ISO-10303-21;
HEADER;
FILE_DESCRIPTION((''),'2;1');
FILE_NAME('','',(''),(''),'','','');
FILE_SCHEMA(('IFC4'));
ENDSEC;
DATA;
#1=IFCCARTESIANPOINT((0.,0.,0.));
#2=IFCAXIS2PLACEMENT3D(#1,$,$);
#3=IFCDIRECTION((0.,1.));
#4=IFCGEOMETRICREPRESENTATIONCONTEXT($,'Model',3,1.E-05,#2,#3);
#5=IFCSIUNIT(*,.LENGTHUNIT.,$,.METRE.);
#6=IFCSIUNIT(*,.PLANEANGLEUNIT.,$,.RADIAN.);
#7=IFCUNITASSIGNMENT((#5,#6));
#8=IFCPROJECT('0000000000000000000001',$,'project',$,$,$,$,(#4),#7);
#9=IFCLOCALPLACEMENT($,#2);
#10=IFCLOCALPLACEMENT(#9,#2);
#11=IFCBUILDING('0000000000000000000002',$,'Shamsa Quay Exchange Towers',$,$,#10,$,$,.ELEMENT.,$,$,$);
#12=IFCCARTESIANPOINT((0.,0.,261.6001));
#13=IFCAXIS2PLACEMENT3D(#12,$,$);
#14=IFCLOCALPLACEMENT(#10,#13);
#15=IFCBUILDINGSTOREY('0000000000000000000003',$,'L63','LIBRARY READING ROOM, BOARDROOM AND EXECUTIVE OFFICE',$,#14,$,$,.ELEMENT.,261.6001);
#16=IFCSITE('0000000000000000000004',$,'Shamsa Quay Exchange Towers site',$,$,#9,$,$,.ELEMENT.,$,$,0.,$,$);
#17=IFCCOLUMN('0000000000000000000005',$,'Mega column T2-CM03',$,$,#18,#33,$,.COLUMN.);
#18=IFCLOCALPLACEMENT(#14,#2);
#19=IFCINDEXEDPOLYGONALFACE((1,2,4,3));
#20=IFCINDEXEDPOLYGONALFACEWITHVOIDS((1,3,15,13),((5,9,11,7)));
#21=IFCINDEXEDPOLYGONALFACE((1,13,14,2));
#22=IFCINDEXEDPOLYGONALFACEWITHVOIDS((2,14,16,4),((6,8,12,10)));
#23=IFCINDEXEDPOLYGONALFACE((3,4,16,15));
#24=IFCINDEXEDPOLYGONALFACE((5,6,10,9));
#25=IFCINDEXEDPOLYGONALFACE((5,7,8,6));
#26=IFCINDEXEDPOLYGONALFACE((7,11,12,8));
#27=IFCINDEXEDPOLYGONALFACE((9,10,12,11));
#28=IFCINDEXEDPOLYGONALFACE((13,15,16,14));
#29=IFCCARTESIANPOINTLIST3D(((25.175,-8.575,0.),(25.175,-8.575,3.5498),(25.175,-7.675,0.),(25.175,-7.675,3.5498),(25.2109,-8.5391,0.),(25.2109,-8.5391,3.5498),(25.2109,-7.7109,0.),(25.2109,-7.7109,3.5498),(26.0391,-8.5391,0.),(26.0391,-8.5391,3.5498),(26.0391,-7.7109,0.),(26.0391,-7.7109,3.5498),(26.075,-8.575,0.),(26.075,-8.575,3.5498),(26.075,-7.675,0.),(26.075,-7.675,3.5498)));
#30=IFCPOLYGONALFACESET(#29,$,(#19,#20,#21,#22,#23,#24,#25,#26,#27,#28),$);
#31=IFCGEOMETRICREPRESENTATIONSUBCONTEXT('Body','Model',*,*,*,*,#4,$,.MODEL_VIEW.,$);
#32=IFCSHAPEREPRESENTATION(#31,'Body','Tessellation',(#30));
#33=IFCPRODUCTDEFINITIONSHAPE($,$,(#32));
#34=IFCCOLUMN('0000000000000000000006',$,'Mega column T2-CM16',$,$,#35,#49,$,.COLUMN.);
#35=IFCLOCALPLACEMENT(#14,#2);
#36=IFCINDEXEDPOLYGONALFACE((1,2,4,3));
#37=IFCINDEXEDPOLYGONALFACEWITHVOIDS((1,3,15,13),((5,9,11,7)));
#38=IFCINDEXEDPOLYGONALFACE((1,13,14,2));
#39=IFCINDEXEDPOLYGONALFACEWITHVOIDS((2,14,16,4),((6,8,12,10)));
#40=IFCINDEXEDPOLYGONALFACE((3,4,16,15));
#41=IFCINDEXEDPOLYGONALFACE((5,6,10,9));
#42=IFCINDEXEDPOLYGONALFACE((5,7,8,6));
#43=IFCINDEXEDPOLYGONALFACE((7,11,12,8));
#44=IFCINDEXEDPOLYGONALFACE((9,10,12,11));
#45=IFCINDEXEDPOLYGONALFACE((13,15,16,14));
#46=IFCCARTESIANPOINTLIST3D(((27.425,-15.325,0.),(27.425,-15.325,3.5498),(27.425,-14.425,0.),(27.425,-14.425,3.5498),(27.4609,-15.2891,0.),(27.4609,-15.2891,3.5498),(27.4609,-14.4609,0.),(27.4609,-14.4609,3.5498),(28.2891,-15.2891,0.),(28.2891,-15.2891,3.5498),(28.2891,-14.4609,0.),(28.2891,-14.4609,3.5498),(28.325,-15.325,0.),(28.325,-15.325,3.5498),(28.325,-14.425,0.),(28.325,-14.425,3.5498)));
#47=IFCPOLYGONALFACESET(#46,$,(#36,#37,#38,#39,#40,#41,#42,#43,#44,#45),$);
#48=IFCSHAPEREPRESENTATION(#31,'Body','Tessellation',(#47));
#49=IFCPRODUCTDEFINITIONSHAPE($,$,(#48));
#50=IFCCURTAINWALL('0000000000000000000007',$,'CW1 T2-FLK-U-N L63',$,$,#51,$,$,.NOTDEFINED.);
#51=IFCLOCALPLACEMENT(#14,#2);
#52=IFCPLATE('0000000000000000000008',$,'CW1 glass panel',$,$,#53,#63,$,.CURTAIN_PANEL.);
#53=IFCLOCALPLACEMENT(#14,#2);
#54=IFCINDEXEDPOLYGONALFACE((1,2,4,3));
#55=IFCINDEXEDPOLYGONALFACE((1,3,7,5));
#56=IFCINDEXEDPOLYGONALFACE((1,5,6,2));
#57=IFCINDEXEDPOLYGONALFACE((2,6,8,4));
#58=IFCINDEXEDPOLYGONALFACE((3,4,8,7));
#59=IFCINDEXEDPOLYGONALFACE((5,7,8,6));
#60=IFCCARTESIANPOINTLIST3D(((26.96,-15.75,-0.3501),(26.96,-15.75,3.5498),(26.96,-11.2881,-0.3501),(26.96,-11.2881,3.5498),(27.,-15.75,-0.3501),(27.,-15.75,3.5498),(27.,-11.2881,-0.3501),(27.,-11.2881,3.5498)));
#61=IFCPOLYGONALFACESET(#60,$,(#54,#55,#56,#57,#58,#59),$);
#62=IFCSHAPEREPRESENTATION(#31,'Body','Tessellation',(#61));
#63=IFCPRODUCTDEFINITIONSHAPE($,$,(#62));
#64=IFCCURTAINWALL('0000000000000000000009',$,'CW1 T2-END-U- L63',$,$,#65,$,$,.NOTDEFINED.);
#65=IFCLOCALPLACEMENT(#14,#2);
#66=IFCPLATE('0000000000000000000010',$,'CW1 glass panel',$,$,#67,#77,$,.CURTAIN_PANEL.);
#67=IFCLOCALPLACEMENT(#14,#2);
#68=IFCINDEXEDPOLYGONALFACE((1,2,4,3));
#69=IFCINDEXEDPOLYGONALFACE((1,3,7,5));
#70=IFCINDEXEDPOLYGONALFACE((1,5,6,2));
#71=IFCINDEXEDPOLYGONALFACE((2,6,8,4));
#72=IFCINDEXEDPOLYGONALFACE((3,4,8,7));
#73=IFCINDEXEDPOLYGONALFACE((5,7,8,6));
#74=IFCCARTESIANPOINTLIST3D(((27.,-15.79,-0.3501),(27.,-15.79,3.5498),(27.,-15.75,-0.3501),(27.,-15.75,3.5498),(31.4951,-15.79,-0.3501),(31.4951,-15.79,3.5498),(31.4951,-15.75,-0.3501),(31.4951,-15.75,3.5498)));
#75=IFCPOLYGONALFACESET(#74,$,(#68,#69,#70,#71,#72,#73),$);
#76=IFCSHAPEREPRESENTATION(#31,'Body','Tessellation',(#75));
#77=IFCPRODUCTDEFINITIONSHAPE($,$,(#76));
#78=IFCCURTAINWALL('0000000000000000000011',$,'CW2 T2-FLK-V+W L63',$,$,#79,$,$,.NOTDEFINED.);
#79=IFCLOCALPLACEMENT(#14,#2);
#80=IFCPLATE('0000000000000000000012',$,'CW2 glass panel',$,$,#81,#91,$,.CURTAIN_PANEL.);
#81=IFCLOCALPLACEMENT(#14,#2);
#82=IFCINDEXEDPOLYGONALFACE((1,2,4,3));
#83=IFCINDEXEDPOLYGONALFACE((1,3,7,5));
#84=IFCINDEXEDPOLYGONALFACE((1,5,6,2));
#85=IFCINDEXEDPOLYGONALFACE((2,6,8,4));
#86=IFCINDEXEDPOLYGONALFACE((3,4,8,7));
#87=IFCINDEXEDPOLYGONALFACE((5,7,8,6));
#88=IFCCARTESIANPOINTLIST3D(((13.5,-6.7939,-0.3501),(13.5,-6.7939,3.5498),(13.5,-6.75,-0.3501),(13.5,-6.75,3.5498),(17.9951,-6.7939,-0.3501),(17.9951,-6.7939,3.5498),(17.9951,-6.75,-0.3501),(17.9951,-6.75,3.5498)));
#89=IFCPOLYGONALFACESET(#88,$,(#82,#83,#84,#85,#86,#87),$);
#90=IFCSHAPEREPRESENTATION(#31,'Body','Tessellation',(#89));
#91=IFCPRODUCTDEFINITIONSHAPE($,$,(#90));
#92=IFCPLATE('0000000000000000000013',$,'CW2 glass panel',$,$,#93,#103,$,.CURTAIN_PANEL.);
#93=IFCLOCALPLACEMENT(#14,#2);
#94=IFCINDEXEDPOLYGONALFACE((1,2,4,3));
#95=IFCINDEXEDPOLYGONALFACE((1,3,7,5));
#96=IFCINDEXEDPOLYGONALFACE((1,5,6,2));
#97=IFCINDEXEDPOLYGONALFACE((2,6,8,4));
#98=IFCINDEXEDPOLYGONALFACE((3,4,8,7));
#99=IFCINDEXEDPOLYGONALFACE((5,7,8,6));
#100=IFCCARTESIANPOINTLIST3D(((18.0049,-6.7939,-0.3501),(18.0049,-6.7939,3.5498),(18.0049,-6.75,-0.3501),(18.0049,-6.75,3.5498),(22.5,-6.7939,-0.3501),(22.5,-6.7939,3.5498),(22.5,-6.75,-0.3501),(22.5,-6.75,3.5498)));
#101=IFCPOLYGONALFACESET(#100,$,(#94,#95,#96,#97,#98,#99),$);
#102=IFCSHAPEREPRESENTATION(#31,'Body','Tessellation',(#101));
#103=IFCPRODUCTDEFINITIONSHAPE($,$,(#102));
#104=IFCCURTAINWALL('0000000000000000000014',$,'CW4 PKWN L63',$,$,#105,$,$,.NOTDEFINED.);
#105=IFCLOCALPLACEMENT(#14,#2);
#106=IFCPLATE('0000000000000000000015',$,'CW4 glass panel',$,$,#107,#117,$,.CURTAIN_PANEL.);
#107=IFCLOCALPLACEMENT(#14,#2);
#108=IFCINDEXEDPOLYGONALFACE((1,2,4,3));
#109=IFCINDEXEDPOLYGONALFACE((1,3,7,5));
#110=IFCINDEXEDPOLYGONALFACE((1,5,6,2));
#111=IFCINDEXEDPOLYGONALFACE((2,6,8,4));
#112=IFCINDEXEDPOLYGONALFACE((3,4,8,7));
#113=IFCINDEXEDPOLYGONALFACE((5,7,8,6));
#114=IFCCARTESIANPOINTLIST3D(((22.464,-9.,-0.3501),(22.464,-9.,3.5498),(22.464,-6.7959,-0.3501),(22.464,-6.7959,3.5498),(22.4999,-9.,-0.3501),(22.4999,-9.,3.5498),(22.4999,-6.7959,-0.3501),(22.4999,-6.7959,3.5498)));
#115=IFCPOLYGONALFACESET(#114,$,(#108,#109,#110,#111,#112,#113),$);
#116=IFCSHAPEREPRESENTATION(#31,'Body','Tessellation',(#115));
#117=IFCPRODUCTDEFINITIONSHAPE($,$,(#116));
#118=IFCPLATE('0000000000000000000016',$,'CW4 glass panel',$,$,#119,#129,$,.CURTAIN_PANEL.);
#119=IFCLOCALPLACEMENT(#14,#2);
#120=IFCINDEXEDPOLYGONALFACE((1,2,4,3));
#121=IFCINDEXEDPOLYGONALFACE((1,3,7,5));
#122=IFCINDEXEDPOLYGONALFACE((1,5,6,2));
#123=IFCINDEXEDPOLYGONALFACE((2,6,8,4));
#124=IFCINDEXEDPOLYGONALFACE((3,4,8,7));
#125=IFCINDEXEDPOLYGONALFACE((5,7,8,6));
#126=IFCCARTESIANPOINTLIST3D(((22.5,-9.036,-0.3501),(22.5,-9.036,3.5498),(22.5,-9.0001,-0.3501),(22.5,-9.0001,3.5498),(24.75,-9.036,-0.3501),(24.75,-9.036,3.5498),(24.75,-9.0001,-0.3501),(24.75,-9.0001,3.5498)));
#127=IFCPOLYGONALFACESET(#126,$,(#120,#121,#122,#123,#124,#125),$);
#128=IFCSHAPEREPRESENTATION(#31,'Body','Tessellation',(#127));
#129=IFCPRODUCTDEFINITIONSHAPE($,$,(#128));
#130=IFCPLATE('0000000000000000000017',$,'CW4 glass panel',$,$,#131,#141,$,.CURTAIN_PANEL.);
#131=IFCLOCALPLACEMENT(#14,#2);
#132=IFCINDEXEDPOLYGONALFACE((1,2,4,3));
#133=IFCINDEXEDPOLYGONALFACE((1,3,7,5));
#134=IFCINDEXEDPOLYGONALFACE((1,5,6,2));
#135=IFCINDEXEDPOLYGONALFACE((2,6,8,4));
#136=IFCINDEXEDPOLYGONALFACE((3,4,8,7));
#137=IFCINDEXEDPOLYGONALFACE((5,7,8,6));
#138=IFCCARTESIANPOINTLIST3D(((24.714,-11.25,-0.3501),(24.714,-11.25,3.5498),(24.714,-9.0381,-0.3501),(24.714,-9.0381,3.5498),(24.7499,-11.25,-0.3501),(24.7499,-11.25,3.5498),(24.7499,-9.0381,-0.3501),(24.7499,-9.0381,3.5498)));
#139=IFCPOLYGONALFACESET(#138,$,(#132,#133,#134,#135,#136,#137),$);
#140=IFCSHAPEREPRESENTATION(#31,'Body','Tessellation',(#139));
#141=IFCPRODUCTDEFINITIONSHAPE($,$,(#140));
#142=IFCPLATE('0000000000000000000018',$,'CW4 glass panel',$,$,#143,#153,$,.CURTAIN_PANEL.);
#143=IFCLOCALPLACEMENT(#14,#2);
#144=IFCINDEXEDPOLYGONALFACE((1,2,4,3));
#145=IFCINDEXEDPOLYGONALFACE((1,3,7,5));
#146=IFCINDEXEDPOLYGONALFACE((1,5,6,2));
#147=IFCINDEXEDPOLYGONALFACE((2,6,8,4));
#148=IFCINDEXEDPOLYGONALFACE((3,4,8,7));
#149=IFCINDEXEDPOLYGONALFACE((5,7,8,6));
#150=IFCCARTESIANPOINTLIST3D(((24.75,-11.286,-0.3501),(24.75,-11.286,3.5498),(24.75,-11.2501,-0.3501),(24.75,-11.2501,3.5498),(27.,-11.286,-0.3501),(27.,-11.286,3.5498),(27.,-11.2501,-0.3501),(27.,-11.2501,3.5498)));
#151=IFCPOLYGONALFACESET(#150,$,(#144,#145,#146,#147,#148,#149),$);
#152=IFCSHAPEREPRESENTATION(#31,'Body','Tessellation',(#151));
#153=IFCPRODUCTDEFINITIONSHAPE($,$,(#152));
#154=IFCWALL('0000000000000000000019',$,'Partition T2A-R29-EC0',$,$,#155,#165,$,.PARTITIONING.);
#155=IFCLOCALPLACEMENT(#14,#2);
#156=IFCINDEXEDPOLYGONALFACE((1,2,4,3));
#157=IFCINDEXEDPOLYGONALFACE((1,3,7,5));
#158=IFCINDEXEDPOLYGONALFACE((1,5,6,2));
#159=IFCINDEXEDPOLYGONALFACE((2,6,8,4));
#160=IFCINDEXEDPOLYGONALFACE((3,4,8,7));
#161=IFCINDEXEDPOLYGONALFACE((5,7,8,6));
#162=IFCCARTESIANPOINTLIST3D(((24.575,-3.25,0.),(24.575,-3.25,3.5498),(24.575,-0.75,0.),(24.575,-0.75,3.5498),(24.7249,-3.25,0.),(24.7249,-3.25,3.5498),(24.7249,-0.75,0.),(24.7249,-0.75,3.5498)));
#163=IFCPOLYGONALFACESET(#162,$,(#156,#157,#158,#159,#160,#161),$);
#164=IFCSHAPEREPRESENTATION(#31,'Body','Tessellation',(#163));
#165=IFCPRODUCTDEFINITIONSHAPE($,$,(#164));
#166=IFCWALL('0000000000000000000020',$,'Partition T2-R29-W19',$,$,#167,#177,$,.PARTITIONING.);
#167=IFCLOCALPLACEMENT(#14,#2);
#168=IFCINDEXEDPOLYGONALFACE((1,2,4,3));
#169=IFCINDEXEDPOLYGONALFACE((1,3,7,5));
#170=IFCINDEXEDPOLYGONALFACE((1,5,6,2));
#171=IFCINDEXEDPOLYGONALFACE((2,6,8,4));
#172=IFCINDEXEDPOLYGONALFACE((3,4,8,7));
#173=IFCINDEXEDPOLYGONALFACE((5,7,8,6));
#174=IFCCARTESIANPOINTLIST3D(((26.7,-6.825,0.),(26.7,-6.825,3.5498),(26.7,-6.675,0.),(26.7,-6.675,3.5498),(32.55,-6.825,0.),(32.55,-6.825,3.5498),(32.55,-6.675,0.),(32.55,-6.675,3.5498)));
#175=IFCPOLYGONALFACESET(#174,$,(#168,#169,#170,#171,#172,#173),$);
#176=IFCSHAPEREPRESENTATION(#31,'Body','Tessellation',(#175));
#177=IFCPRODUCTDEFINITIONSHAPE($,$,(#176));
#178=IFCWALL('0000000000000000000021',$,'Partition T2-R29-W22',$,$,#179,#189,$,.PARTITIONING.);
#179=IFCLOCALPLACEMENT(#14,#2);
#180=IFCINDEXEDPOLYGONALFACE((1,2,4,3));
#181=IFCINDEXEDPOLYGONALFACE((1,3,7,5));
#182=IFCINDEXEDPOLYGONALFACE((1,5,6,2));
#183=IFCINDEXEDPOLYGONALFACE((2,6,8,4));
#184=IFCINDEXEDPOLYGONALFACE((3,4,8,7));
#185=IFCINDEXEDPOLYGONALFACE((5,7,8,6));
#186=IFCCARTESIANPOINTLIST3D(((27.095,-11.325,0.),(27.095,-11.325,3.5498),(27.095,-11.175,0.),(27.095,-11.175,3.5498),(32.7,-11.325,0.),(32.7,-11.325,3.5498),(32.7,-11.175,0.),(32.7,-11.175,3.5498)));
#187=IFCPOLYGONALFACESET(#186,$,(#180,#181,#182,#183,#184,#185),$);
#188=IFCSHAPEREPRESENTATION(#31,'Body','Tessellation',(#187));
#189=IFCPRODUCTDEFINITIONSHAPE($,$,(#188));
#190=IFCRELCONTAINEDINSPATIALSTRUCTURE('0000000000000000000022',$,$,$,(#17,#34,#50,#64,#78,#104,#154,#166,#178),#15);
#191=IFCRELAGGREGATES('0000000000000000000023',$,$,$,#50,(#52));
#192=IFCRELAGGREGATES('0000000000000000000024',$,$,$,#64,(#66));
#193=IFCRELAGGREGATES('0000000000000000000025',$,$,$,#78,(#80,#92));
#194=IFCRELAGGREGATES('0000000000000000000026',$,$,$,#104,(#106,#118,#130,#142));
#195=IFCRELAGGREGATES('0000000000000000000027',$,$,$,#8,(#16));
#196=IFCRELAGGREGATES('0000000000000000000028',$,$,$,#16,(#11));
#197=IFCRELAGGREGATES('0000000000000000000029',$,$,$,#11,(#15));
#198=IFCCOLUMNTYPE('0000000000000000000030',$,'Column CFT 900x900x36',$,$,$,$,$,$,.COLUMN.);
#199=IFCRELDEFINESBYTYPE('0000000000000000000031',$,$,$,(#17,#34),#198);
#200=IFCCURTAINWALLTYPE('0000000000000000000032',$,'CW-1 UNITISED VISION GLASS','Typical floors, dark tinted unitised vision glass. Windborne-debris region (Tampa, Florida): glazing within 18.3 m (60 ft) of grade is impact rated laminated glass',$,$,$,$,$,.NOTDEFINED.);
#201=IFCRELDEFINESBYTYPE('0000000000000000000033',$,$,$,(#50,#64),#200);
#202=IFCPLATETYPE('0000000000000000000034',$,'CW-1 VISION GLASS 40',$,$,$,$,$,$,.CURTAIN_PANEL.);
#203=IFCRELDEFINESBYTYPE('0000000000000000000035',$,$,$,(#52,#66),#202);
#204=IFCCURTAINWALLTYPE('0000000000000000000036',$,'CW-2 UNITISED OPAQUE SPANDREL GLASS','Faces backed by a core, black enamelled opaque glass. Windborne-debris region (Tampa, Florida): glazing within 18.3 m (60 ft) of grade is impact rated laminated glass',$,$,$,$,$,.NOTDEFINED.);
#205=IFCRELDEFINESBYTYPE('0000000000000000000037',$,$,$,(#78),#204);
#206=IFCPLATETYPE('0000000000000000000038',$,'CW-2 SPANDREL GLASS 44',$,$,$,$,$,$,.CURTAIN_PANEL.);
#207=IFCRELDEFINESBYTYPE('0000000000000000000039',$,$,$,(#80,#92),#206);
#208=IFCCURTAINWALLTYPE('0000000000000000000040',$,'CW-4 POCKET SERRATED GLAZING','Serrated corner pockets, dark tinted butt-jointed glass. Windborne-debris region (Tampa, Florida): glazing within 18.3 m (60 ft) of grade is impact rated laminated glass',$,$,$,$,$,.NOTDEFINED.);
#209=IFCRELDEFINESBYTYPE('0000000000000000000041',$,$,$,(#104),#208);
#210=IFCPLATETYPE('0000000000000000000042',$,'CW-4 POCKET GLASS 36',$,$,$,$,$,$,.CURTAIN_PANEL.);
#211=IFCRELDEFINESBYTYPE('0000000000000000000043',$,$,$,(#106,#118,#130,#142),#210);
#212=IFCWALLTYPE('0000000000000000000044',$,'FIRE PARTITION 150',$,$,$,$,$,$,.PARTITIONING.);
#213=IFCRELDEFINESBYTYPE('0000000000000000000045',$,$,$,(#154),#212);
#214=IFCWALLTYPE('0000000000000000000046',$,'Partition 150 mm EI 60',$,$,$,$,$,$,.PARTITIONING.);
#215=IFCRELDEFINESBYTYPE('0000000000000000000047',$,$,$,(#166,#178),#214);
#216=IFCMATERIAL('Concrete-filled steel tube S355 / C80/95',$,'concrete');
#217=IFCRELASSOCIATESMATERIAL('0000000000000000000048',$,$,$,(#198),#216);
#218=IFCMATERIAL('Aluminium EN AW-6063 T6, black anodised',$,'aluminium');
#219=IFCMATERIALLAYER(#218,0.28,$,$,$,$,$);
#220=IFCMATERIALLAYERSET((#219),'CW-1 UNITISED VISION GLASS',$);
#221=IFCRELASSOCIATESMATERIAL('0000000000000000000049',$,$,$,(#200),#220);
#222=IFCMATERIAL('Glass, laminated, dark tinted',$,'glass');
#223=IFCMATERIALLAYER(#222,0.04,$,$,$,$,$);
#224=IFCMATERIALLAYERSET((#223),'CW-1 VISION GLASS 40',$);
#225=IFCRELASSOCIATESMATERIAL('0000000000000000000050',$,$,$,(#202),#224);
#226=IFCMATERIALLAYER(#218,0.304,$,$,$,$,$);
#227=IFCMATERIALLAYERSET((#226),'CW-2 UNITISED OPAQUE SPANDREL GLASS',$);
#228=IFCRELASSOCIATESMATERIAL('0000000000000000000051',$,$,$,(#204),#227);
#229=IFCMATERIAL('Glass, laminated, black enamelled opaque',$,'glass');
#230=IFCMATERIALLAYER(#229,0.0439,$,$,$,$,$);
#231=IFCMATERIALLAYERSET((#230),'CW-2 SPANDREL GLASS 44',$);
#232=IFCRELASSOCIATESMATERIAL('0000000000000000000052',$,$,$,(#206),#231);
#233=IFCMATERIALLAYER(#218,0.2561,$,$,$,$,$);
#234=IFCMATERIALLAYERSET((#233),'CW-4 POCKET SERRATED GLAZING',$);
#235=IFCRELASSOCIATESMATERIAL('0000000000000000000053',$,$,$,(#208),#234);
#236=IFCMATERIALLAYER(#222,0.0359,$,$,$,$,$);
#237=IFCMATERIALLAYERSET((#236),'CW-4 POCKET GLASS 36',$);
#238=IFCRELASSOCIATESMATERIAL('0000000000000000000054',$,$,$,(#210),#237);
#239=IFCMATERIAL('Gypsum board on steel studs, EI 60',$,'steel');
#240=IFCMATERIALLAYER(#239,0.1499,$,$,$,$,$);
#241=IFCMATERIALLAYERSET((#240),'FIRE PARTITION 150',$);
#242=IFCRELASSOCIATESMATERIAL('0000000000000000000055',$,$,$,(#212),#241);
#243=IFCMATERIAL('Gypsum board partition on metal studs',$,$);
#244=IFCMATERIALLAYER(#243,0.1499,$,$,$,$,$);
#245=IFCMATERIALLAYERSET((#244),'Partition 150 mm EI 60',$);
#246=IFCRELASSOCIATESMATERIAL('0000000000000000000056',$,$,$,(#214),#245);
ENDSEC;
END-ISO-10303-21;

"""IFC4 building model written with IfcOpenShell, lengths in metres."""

from ifc_helpers import new_model, si_unit, direction, frame, frame_2d, origin, origin_2d, place, context, subcontext, project, spatial, rectangle, hollow_rectangle, extrude, material, layer, layer_set, material_profile, profile_set, type_object, element, aggregate, save


model = new_model("IFC4")

# Units and contexts
model_context = context("Model", 3, precision=1e-05, world=origin(), true_north=direction((0.0, 1.0)))
body_context = subcontext(model_context, "Body", "Model", "MODEL_VIEW")
ifc_project = project(units=[si_unit("LENGTHUNIT", "METRE"), si_unit("PLANEANGLEUNIT", "RADIAN")], contexts=[model_context])

# Site, building, storey
site_placement = place(None, origin())
site = spatial("IfcSite", under=ifc_project, at=site_placement, Name="Shamsa Quay Exchange Towers site", CompositionType="ELEMENT", RefElevation=0.0)
building_placement = place(site_placement, origin())
building = spatial("IfcBuilding", under=site, at=building_placement, Name="Shamsa Quay Exchange Towers", CompositionType="ELEMENT")
storey_placement = place(building_placement, frame((0.0, 0.0, 261.6001)))
storey = spatial("IfcBuildingStorey", under=building, at=storey_placement, Name="L63", Description="LIBRARY READING ROOM, BOARDROOM AND EXECUTIVE OFFICE", CompositionType="ELEMENT", Elevation=261.6001)

# Columns
ifc_material_1 = material(Name="Concrete-filled steel tube S355 / C80/95", Category="concrete")
ifc_material_profile = material_profile(ifc_material_1, hollow_rectangle(XDim=0.8999, YDim=0.8999, WallThickness=0.0359, at=origin_2d()), Name="CFT 900x900x36")
ifc_profile_set = profile_set([ifc_material_profile], Name="Concrete-filled steel tube S355 / C80/95")
column_type = type_object("IfcColumnType", Name="Column CFT 900x900x36", PredefinedType="COLUMN", material=ifc_profile_set)
for number, where, name in (
    (1, (25.625, -8.125, 0.0), "Mega column T2-CM03"),
    (2, (27.875, -14.875, 0.0), "Mega column T2-CM16"),
):
    element("IfcColumn", number, at=place(storey_placement, frame(where)), inside=storey, type_object=column_type, Name=name, PredefinedType="COLUMN", context=body_context, shape_type="SweptSolid", body=[
        extrude(hollow_rectangle(XDim=0.8999, YDim=0.8999, WallThickness=0.0359, at=origin_2d()), origin(), (0.0, 0.0, 1.0), 3.5498),
    ])

# Curtain walls, plates
ifc_material_2 = material(Name="Aluminium EN AW-6063 T6, black anodised", Category="aluminium")
ifc_layer_1 = layer(ifc_material_2, 0.28)
ifc_layer_set_1 = layer_set([ifc_layer_1], Name="CW-1 UNITISED VISION GLASS")
curtain_wall_type_1 = type_object("IfcCurtainWallType", Name="CW-1 UNITISED VISION GLASS", Description="Typical floors, dark tinted unitised vision glass. Windborne-debris region (Tampa, Florida): glazing within 18.3 m (60 ft) of grade is impact rated laminated glass", PredefinedType="NOTDEFINED", material=ifc_layer_set_1)
curtain_wall_1_placement = place(storey_placement, origin())
curtain_wall_1 = element("IfcCurtainWall", 3, at=curtain_wall_1_placement, inside=storey, type_object=curtain_wall_type_1, Name="CW1 T2-FLK-U-N L63", PredefinedType="NOTDEFINED")
ifc_material_3 = material(Name="Glass, laminated, dark tinted", Category="glass")
ifc_layer_2 = layer(ifc_material_3, 0.04)
ifc_layer_set_2 = layer_set([ifc_layer_2], Name="CW-1 VISION GLASS 40")
plate_type_1 = type_object("IfcPlateType", Name="CW-1 VISION GLASS 40", PredefinedType="CURTAIN_PANEL", material=ifc_layer_set_2)
plate_1_placement = place(storey_placement, frame((26.98, -13.519, -0.3501), z_axis=(0.0, 0.0, 1.0), x_axis=(0.0, -1.0, 0.0)))
plate_1 = element("IfcPlate", 4, at=plate_1_placement, type_object=plate_type_1, Name="CW1 glass panel", PredefinedType="CURTAIN_PANEL", context=body_context, shape_type="SweptSolid", body=[
    extrude(rectangle(XDim=4.4619, YDim=0.04, at=origin_2d()), origin(), (0.0, 0.0, 1.0), 3.8999),
])
aggregate(curtain_wall_1, [plate_1])
curtain_wall_2_placement = place(storey_placement, origin())
curtain_wall_2 = element("IfcCurtainWall", 5, at=curtain_wall_2_placement, inside=storey, type_object=curtain_wall_type_1, Name="CW1 T2-END-U- L63", PredefinedType="NOTDEFINED")
plate_2_placement = place(storey_placement, frame((29.2476, -15.77, -0.3501)))
plate_2 = element("IfcPlate", 6, at=plate_2_placement, type_object=plate_type_1, Name="CW1 glass panel", PredefinedType="CURTAIN_PANEL", context=body_context, shape_type="SweptSolid", body=[
    extrude(rectangle(XDim=4.4951, YDim=0.04, at=origin_2d()), origin(), (0.0, 0.0, 1.0), 3.8999),
])
aggregate(curtain_wall_2, [plate_2])

# Curtain walls, plates
ifc_layer_3 = layer(ifc_material_2, 0.304)
ifc_layer_set_3 = layer_set([ifc_layer_3], Name="CW-2 UNITISED OPAQUE SPANDREL GLASS")
curtain_wall_type_2 = type_object("IfcCurtainWallType", Name="CW-2 UNITISED OPAQUE SPANDREL GLASS", Description="Faces backed by a core, black enamelled opaque glass. Windborne-debris region (Tampa, Florida): glazing within 18.3 m (60 ft) of grade is impact rated laminated glass", PredefinedType="NOTDEFINED", material=ifc_layer_set_3)
curtain_wall_3_placement = place(storey_placement, origin())
curtain_wall_3 = element("IfcCurtainWall", 7, at=curtain_wall_3_placement, inside=storey, type_object=curtain_wall_type_2, Name="CW2 T2-FLK-V+W L63", PredefinedType="NOTDEFINED")
ifc_material_4 = material(Name="Glass, laminated, black enamelled opaque", Category="glass")
ifc_layer_4 = layer(ifc_material_4, 0.0439)
ifc_layer_set_4 = layer_set([ifc_layer_4], Name="CW-2 SPANDREL GLASS 44")
plate_type_2 = type_object("IfcPlateType", Name="CW-2 SPANDREL GLASS 44", PredefinedType="CURTAIN_PANEL", material=ifc_layer_set_4)
plate_3_placement = place(storey_placement, frame((15.7476, -6.772, -0.3501)))
plate_3 = element("IfcPlate", 8, at=plate_3_placement, type_object=plate_type_2, Name="CW2 glass panel", PredefinedType="CURTAIN_PANEL", context=body_context, shape_type="SweptSolid", body=[
    extrude(rectangle(XDim=4.4951, YDim=0.0439, at=origin_2d()), origin(), (0.0, 0.0, 1.0), 3.8999),
])
plate_4_placement = place(storey_placement, frame((20.2524, -6.772, -0.3501)))
plate_4 = element("IfcPlate", 9, at=plate_4_placement, type_object=plate_type_2, Name="CW2 glass panel", PredefinedType="CURTAIN_PANEL", context=body_context, shape_type="SweptSolid", body=[
    extrude(rectangle(XDim=4.4951, YDim=0.0439, at=origin_2d()), origin(), (0.0, 0.0, 1.0), 3.8999),
])
aggregate(curtain_wall_3, [plate_3, plate_4])
ifc_layer_5 = layer(ifc_material_2, 0.2561)
ifc_layer_set_5 = layer_set([ifc_layer_5], Name="CW-4 POCKET SERRATED GLAZING")
curtain_wall_type_3 = type_object("IfcCurtainWallType", Name="CW-4 POCKET SERRATED GLAZING", Description="Serrated corner pockets, dark tinted butt-jointed glass. Windborne-debris region (Tampa, Florida): glazing within 18.3 m (60 ft) of grade is impact rated laminated glass", PredefinedType="NOTDEFINED", material=ifc_layer_set_5)
curtain_wall_4_placement = place(storey_placement, origin())
curtain_wall_4 = element("IfcCurtainWall", 10, at=curtain_wall_4_placement, inside=storey, type_object=curtain_wall_type_3, Name="CW4 PKWN L63", PredefinedType="NOTDEFINED")
ifc_layer_6 = layer(ifc_material_3, 0.0359)
ifc_layer_set_6 = layer_set([ifc_layer_6], Name="CW-4 POCKET GLASS 36")
plate_type_3 = type_object("IfcPlateType", Name="CW-4 POCKET GLASS 36", PredefinedType="CURTAIN_PANEL", material=ifc_layer_set_6)
plate_5_placement = place(storey_placement, frame((22.4819, -7.8979, -0.3501), z_axis=(0.0, 0.0, 1.0), x_axis=(0.0, -1.0, 0.0)))
plate_5 = element("IfcPlate", 11, at=plate_5_placement, type_object=plate_type_3, Name="CW4 glass panel", PredefinedType="CURTAIN_PANEL", context=body_context, shape_type="SweptSolid", body=[
    extrude(rectangle(XDim=2.2041, YDim=0.0359, at=origin_2d()), origin(), (0.0, 0.0, 1.0), 3.8999),
])
plate_6_placement = place(storey_placement, frame((23.625, -9.0181, -0.3501)))
plate_6 = element("IfcPlate", 12, at=plate_6_placement, type_object=plate_type_3, Name="CW4 glass panel", PredefinedType="CURTAIN_PANEL", context=body_context, shape_type="SweptSolid", body=[
    extrude(rectangle(XDim=2.25, YDim=0.0359, at=origin_2d()), origin(), (0.0, 0.0, 1.0), 3.8999),
])
plate_7_placement = place(storey_placement, frame((24.7319, -10.144, -0.3501), z_axis=(0.0, 0.0, 1.0), x_axis=(0.0, -1.0, 0.0)))
plate_7 = element("IfcPlate", 13, at=plate_7_placement, type_object=plate_type_3, Name="CW4 glass panel", PredefinedType="CURTAIN_PANEL", context=body_context, shape_type="SweptSolid", body=[
    extrude(rectangle(XDim=2.2119, YDim=0.0359, at=origin_2d()), origin(), (0.0, 0.0, 1.0), 3.8999),
])
plate_8_placement = place(storey_placement, frame((25.875, -11.2681, -0.3501)))
plate_8 = element("IfcPlate", 14, at=plate_8_placement, type_object=plate_type_3, Name="CW4 glass panel", PredefinedType="CURTAIN_PANEL", context=body_context, shape_type="SweptSolid", body=[
    extrude(rectangle(XDim=2.25, YDim=0.0359, at=origin_2d()), origin(), (0.0, 0.0, 1.0), 3.8999),
])
aggregate(curtain_wall_4, [plate_5, plate_6, plate_7, plate_8])

# Walls
ifc_material_5 = material(Name="Gypsum board on steel studs, EI 60", Category="steel")
ifc_layer_7 = layer(ifc_material_5, 0.1499)
ifc_layer_set_7 = layer_set([ifc_layer_7], Name="FIRE PARTITION 150")
wall_type_1 = type_object("IfcWallType", Name="FIRE PARTITION 150", PredefinedType="PARTITIONING", material=ifc_layer_set_7)
wall_1_placement = place(storey_placement, frame((24.6499, -3.25, 0.0), z_axis=(0.0, 0.0, 1.0), x_axis=(0.0, 1.0, 0.0)))
element("IfcWall", 15, at=wall_1_placement, inside=storey, type_object=wall_type_1, Name="Partition T2A-R29-EC0", PredefinedType="PARTITIONING", context=body_context, shape_type="SweptSolid", body=[
    extrude(rectangle(XDim=2.5, YDim=0.1499, at=frame_2d((1.25, 0.0))), origin(), (0.0, 0.0, 1.0), 3.5498),
])
ifc_material_6 = material(Name="Gypsum board partition on metal studs")
ifc_layer_8 = layer(ifc_material_6, 0.1499)
ifc_layer_set_8 = layer_set([ifc_layer_8], Name="Partition 150 mm EI 60")
wall_type_2 = type_object("IfcWallType", Name="Partition 150 mm EI 60", PredefinedType="PARTITIONING", material=ifc_layer_set_8)
wall_2_placement = place(storey_placement, frame((26.7, -6.75, 0.0)))
element("IfcWall", 16, at=wall_2_placement, inside=storey, type_object=wall_type_2, Name="Partition T2-R29-W19", PredefinedType="PARTITIONING", context=body_context, shape_type="SweptSolid", body=[
    extrude(rectangle(XDim=5.8501, YDim=0.1499, at=frame_2d((2.925, 0.0))), origin(), (0.0, 0.0, 1.0), 3.5498),
])
wall_3_placement = place(storey_placement, frame((27.095, -11.25, 0.0)))
element("IfcWall", 17, at=wall_3_placement, inside=storey, type_object=wall_type_2, Name="Partition T2-R29-W22", PredefinedType="PARTITIONING", context=body_context, shape_type="SweptSolid", body=[
    extrude(rectangle(XDim=5.605, YDim=0.1499, at=frame_2d((2.8025, 0.0))), origin(), (0.0, 0.0, 1.0), 3.5498),
])

save(model, "model.ifc")
